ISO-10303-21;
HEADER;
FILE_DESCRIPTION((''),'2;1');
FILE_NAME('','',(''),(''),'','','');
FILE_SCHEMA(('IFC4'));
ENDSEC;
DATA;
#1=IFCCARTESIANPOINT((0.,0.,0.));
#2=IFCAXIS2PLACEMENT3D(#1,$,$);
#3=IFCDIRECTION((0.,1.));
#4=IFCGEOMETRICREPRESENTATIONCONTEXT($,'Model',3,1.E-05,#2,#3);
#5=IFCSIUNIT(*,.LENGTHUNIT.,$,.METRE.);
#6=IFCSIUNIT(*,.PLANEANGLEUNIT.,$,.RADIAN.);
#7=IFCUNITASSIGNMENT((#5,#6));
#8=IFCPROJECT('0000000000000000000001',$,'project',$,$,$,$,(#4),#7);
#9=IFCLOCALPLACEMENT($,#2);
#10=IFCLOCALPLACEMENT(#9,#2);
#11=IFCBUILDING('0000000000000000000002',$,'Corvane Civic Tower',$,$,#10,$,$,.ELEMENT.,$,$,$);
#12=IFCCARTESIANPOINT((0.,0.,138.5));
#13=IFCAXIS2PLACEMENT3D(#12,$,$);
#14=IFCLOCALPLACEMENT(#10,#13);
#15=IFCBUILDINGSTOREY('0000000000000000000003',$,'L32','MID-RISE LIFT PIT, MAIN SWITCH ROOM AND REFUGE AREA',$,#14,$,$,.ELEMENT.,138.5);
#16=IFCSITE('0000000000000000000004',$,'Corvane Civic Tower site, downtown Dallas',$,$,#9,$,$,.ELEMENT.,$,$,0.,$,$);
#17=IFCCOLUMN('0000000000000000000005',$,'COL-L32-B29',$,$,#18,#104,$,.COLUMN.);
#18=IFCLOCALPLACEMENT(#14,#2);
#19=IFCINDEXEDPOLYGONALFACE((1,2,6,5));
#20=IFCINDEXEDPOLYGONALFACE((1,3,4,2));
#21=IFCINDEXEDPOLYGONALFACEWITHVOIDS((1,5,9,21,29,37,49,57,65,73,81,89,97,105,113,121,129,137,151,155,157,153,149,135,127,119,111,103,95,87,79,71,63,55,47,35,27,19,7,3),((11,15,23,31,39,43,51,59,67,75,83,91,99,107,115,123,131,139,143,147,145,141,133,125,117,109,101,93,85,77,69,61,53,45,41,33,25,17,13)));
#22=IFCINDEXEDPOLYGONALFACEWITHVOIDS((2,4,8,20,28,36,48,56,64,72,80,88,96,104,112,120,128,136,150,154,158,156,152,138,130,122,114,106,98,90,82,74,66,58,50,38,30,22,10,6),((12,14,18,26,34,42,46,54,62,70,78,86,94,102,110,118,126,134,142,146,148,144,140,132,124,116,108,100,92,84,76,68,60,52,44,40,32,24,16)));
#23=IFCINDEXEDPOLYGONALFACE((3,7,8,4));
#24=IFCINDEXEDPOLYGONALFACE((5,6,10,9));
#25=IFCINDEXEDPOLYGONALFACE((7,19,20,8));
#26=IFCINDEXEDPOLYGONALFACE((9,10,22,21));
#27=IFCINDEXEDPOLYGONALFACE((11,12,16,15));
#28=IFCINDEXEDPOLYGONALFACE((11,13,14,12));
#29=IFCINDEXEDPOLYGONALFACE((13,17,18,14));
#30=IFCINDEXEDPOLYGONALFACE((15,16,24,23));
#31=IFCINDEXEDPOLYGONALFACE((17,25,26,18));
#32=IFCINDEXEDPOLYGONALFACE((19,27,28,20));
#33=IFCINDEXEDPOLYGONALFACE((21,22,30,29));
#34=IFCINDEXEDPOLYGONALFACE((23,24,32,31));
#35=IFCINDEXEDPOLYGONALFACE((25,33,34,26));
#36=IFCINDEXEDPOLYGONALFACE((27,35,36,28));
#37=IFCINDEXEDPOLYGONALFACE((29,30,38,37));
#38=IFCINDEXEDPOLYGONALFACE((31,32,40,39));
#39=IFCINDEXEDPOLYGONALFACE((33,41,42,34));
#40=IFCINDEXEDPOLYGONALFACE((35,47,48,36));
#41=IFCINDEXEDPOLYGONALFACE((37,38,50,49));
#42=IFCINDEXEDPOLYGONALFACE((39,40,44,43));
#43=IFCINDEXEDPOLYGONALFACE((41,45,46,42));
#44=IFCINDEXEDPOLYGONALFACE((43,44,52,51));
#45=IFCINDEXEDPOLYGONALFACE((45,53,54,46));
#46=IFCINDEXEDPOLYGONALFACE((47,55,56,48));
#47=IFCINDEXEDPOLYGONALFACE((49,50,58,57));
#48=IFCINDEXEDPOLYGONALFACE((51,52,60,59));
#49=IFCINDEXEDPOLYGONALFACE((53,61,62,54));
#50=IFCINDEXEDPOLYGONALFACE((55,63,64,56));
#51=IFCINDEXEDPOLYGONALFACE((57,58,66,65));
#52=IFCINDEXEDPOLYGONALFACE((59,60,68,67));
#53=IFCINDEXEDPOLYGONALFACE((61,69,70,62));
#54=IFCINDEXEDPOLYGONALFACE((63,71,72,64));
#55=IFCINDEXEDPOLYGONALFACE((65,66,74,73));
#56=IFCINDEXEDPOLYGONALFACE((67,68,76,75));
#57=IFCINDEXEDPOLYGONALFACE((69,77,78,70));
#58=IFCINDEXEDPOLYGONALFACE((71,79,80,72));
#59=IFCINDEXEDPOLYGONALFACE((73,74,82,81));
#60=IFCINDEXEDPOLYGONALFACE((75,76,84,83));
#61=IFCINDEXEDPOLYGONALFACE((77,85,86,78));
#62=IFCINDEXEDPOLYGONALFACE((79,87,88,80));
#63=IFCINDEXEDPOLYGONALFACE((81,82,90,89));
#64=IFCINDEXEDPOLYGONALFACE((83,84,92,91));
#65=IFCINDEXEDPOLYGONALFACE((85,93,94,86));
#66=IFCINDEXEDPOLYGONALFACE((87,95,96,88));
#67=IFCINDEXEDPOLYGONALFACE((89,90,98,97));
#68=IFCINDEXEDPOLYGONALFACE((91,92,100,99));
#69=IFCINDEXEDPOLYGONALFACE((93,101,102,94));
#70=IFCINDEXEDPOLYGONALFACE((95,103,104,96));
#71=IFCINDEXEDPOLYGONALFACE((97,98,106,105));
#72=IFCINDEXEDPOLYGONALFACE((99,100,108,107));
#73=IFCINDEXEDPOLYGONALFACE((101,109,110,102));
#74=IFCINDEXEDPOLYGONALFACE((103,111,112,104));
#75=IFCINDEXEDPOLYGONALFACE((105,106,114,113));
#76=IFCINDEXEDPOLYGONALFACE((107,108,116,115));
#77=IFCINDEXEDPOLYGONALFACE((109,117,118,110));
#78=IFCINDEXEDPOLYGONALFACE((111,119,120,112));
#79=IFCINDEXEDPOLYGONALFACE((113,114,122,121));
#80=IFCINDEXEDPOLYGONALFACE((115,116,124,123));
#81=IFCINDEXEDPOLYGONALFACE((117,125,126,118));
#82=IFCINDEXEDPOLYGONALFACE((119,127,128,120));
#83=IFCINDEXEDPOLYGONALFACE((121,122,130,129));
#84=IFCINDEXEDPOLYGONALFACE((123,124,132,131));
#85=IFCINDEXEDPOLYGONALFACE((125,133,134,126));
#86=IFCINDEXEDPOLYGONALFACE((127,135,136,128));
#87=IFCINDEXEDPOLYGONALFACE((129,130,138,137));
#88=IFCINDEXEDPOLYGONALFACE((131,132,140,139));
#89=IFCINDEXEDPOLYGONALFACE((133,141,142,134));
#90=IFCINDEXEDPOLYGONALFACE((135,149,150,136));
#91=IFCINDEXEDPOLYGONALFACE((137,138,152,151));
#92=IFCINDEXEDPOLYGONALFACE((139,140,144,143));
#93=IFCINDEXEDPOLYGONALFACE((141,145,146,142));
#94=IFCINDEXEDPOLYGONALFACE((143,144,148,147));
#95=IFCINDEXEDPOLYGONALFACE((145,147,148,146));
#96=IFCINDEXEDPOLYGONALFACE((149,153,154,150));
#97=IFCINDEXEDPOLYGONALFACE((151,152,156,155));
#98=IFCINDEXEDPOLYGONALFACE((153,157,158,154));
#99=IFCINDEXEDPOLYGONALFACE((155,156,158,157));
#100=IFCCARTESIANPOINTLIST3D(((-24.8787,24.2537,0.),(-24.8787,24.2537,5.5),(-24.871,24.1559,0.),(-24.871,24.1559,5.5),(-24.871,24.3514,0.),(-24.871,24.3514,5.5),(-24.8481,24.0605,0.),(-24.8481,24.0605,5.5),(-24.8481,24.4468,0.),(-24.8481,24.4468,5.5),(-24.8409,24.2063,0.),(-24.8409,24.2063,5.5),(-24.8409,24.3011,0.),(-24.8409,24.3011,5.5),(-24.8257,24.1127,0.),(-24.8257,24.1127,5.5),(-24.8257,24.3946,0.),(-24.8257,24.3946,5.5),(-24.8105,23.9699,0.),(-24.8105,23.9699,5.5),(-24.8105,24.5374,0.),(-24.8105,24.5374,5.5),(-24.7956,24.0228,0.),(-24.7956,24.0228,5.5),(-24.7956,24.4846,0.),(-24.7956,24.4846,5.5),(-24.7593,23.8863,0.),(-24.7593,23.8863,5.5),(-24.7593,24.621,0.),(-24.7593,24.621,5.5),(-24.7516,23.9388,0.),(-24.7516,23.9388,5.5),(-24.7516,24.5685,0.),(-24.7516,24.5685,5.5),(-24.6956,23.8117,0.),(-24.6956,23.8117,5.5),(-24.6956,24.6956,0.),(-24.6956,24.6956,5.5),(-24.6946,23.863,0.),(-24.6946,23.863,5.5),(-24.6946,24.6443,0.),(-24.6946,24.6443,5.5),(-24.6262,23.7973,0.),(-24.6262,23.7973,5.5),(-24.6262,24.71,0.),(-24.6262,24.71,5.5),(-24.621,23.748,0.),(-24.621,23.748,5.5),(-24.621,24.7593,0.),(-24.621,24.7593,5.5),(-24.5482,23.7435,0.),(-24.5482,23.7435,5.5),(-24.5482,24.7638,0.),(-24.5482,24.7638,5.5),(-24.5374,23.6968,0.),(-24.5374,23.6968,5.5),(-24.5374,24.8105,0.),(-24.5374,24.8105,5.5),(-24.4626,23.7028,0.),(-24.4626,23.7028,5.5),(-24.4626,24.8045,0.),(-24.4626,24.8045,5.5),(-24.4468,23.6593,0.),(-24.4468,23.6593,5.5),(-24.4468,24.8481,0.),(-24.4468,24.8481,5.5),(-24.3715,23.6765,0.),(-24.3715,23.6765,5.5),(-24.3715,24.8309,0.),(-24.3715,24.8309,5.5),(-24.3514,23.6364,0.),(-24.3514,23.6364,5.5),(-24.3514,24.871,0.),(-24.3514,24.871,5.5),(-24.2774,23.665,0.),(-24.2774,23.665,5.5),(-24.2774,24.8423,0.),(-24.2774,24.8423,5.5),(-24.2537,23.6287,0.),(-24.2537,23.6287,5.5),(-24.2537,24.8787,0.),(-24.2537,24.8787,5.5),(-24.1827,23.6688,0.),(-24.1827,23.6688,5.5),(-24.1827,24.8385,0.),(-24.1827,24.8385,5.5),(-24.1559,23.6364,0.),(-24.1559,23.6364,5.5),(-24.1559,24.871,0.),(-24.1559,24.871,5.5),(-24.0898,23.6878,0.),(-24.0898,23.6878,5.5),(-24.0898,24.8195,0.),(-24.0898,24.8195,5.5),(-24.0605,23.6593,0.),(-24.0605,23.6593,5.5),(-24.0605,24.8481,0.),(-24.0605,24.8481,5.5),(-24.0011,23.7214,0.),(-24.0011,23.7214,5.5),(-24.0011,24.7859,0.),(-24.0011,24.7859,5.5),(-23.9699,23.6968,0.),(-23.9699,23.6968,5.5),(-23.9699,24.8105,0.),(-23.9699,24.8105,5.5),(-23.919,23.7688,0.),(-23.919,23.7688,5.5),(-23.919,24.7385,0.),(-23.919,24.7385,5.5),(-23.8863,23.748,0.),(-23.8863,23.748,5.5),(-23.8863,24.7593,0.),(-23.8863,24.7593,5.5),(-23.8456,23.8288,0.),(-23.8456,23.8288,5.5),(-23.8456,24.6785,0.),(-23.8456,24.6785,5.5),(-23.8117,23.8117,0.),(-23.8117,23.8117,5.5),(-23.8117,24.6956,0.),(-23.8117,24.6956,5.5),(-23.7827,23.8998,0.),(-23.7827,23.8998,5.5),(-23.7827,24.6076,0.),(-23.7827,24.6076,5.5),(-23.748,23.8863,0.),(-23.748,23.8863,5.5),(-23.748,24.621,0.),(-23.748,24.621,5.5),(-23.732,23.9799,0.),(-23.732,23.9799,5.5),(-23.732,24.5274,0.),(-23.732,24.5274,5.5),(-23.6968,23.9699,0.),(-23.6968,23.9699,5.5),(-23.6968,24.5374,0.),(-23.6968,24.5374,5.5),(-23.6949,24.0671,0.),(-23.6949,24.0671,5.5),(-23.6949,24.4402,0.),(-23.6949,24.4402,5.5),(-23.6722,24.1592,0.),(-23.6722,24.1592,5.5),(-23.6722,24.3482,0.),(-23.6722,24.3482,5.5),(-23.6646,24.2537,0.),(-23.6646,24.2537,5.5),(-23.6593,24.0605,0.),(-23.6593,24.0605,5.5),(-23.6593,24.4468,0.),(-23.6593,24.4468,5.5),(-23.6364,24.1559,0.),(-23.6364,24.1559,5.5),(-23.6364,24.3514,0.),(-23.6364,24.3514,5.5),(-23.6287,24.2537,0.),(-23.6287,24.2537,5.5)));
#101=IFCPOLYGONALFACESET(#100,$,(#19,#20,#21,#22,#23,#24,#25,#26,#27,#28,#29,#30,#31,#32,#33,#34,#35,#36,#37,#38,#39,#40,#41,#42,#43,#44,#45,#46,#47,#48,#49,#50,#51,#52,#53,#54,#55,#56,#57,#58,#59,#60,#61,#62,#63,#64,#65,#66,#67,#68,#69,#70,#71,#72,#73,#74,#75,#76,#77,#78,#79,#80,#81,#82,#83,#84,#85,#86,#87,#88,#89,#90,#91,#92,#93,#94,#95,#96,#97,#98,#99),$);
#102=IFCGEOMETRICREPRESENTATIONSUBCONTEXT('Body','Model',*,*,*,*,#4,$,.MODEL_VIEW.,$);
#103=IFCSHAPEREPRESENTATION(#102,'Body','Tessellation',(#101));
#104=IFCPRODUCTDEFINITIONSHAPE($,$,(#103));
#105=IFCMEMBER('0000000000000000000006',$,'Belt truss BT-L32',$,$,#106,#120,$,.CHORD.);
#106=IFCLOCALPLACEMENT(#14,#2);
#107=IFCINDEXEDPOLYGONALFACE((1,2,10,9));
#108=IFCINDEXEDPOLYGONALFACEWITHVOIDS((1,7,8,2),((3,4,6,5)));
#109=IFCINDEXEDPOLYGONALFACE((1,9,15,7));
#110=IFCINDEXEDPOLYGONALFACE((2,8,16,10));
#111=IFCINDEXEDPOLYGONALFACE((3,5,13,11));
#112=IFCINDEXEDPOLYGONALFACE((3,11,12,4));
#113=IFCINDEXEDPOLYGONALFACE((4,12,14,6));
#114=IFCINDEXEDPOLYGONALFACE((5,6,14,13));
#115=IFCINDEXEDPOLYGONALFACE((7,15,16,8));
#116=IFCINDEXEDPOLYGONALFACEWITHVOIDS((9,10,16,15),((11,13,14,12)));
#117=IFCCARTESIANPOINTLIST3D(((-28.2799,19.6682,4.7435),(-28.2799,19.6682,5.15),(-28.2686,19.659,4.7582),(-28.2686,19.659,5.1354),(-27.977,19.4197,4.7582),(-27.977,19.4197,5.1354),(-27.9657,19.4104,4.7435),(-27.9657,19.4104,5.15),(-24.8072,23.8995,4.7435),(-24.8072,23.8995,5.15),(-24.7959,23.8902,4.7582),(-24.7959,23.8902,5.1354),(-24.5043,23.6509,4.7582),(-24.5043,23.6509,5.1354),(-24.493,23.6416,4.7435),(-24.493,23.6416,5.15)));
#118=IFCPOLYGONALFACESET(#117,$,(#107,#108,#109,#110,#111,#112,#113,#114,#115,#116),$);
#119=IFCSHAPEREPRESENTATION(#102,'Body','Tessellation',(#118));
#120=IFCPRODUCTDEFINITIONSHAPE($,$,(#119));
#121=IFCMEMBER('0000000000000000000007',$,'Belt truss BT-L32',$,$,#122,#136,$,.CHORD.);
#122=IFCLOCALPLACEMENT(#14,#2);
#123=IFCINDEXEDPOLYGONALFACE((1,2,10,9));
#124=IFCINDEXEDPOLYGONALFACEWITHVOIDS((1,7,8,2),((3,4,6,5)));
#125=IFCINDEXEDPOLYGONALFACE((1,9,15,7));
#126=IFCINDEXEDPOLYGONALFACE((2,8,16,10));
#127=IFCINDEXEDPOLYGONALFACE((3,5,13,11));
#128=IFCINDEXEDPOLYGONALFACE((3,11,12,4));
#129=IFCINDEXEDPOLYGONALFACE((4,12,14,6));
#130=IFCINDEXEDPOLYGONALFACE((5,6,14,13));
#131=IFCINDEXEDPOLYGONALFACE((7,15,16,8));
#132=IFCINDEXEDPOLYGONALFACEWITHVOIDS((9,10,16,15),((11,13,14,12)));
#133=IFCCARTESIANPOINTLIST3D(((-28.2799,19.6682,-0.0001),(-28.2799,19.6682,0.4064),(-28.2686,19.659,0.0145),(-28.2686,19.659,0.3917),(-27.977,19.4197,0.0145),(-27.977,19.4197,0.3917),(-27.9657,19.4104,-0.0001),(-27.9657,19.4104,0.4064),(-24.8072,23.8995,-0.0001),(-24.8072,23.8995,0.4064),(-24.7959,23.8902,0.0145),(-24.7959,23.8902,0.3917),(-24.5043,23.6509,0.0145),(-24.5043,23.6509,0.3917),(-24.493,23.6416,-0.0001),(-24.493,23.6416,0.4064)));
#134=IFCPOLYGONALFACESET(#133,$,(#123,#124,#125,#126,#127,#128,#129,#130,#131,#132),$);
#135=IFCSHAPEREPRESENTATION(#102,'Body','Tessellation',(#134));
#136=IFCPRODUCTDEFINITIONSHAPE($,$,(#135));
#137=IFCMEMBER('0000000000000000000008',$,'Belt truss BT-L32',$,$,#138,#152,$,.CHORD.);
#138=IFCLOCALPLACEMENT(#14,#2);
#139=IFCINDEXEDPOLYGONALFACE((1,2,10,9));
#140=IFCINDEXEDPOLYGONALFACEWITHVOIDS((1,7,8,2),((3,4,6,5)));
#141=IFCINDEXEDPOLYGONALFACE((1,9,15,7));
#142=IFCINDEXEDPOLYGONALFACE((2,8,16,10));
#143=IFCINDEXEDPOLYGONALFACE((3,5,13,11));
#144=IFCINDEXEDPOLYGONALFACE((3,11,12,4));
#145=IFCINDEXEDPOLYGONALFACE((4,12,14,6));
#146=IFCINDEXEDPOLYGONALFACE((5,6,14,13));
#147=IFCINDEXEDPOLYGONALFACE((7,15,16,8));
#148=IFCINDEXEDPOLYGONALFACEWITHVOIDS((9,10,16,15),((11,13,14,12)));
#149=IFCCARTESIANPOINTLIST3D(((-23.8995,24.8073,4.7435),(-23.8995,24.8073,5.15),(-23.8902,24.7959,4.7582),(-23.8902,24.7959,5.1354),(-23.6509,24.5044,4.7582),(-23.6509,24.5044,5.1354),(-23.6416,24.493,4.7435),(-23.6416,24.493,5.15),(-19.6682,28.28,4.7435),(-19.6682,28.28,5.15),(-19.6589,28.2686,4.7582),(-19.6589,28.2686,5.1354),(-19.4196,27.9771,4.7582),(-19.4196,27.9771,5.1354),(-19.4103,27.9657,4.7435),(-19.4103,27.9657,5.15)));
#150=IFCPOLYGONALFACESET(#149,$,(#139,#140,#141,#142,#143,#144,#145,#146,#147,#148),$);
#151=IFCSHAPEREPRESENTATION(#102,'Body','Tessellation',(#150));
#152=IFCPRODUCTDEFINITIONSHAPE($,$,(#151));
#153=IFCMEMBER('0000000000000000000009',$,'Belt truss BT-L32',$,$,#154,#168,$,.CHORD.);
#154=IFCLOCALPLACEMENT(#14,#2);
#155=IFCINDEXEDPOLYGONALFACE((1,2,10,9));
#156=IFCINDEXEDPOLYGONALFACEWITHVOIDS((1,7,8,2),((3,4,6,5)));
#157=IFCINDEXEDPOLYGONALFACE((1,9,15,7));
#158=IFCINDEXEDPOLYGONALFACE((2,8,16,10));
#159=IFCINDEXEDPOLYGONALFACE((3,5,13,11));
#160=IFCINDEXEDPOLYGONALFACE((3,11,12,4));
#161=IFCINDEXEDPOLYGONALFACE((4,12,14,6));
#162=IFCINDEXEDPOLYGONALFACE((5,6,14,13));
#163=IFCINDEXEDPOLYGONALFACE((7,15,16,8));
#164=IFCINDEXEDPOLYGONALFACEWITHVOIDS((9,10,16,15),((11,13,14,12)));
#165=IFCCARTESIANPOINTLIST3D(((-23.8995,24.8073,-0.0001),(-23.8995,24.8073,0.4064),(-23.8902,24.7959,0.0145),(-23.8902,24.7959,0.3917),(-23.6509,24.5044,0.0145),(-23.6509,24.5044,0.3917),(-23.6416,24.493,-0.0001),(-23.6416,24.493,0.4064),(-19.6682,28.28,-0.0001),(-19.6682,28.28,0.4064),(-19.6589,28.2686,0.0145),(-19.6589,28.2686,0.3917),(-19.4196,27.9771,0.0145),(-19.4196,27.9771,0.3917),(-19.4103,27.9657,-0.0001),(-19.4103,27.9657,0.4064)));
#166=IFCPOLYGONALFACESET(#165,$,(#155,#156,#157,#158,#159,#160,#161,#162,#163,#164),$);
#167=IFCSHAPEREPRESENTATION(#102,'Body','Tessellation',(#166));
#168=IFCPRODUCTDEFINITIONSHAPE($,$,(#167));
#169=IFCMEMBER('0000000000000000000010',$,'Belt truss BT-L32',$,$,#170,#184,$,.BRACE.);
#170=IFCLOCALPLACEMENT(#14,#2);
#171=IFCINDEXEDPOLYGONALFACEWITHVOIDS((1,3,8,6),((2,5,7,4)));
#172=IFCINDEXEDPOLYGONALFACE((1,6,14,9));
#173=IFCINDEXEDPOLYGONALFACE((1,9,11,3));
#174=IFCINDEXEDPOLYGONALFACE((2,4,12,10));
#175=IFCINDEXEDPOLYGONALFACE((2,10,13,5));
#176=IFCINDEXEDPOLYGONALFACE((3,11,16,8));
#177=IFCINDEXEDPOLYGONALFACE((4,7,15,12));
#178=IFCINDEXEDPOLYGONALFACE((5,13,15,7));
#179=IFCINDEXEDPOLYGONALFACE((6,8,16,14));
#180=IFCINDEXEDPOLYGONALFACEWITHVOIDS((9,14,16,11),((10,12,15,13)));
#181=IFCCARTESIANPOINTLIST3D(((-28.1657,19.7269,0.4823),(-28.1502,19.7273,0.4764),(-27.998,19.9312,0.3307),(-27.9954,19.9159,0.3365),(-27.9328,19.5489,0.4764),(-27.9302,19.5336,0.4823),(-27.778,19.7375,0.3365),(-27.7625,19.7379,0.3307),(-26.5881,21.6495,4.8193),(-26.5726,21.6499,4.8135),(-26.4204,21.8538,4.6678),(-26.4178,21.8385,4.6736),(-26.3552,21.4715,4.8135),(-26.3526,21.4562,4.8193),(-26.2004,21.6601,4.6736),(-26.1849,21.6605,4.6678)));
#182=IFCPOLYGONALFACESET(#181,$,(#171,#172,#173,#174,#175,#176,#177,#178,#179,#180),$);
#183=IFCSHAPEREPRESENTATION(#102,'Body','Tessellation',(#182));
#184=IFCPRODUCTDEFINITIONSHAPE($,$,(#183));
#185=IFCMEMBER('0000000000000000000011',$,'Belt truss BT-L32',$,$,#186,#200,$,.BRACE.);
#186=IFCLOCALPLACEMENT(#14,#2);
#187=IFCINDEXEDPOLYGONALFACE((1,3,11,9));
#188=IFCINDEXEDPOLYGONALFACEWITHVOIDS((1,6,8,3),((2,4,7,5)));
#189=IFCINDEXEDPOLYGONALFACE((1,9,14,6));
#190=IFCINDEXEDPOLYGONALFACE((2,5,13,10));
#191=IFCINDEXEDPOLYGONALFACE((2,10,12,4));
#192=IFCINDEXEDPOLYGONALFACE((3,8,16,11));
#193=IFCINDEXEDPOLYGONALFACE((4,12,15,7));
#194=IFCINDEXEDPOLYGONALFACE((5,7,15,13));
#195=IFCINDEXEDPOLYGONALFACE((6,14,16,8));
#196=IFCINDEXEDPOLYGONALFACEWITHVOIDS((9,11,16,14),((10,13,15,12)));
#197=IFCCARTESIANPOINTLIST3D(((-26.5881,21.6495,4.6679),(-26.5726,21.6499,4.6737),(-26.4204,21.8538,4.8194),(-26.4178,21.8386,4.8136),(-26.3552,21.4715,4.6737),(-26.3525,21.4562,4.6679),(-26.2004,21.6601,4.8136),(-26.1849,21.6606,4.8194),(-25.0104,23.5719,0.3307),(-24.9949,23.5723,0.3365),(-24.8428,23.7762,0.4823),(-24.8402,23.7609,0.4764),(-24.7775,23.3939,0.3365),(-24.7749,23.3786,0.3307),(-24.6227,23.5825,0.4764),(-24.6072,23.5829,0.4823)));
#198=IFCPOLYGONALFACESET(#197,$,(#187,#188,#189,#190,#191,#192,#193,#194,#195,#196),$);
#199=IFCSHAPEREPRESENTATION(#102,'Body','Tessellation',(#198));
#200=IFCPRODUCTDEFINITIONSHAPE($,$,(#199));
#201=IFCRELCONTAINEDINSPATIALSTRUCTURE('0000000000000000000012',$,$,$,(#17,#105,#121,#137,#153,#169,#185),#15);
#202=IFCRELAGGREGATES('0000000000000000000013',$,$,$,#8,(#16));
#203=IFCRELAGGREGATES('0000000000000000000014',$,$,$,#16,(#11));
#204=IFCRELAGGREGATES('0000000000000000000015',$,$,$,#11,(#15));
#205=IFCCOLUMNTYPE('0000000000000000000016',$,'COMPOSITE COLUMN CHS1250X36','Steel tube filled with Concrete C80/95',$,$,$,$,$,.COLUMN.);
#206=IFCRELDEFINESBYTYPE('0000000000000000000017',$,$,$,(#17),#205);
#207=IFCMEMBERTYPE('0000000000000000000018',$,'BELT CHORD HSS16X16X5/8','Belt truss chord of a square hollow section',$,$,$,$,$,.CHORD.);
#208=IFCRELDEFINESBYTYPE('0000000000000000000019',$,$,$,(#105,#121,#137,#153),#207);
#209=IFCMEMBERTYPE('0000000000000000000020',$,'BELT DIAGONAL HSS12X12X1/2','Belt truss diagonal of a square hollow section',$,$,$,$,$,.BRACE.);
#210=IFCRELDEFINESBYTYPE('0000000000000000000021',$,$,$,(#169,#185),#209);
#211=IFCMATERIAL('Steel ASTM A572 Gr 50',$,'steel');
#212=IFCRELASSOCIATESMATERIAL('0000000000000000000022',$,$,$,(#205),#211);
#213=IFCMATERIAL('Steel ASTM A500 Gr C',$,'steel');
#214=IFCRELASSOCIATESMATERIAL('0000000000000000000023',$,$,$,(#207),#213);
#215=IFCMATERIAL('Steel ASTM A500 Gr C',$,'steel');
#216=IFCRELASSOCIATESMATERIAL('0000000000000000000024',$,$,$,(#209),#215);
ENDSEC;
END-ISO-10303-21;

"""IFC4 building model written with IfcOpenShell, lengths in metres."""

from ifc_helpers import new_model, si_unit, direction, frame, origin, origin_2d, place, context, subcontext, project, spatial, hollow_rectangle, hollow_circle, extrude, material, material_profile, profile_set, type_object, element, save


model = new_model("IFC4")

# Units and contexts
model_context = context("Model", 3, precision=1e-05, world=origin(), true_north=direction((0.0, 1.0)))
body_context = subcontext(model_context, "Body", "Model", "MODEL_VIEW")
ifc_project = project(units=[si_unit("LENGTHUNIT", "METRE"), si_unit("PLANEANGLEUNIT", "RADIAN")], contexts=[model_context])

# Site, building, storey
site_placement = place(None, origin())
site = spatial("IfcSite", under=ifc_project, at=site_placement, Name="Corvane Civic Tower site, downtown Dallas", CompositionType="ELEMENT", RefElevation=0.0)
building_placement = place(site_placement, origin())
building = spatial("IfcBuilding", under=site, at=building_placement, Name="Corvane Civic Tower", CompositionType="ELEMENT")
storey_placement = place(building_placement, frame((0.0, 0.0, 138.5)))
storey = spatial("IfcBuildingStorey", under=building, at=storey_placement, Name="L32", Description="MID-RISE LIFT PIT, MAIN SWITCH ROOM AND REFUGE AREA", CompositionType="ELEMENT", Elevation=138.5)

# Column
ifc_material_1 = material(Name="Steel ASTM A572 Gr 50", Category="steel")
ifc_material_profile_1 = material_profile(ifc_material_1, hollow_circle(Radius=0.625, WallThickness=0.0359, at=origin_2d()), Name="CHS1250X36")
ifc_profile_set_1 = profile_set([ifc_material_profile_1], Name="Steel ASTM A572 Gr 50")
column_type_1 = type_object("IfcColumnType", Name="COMPOSITE COLUMN CHS1250X36", Description="Steel tube filled with Concrete C80/95", PredefinedType="COLUMN", material=ifc_profile_set_1)
for number, where, z_axis, x_axis, name in (
    (1, (-24.2537, 24.2537, 0.0), (0.0, 0.0, 1.0), (1.0, 0.0, 0.0), "COL-L32-B29"),
):
    element("IfcColumn", number, at=place(storey_placement, frame(where, z_axis=z_axis, x_axis=x_axis)), inside=storey, type_object=column_type_1, Name=name, PredefinedType="COLUMN", context=body_context, shape_type="SweptSolid", body=[
        extrude(hollow_circle(Radius=0.625, WallThickness=0.0359, at=origin_2d()), origin(), (0.0, 0.0, 1.0), 5.5),
    ])

# Members
ifc_material_2 = material(Name="Steel ASTM A500 Gr C", Category="steel")
ifc_material_profile_2 = material_profile(ifc_material_2, hollow_rectangle(XDim=0.4065, YDim=0.4065, WallThickness=0.0146, at=origin_2d()), Name="HSS16X16X5/8")
ifc_profile_set_2 = profile_set([ifc_material_profile_2], Name="Steel ASTM A500 Gr C")
member_type_1 = type_object("IfcMemberType", Name="BELT CHORD HSS16X16X5/8", Description="Belt truss chord of a square hollow section", PredefinedType="CHORD", material=ifc_profile_set_2)
for number, where, z_axis, x_axis, name in (
    (2, (-28.1228, 19.5393, 4.9468), (0.634415, 0.772993, 0.0), (-0.772993, 0.634415, 0.0), "Belt truss BT-L32"),
    (3, (-28.1228, 19.5393, 0.2031), (0.634415, 0.772993, 0.0), (-0.772993, 0.634415, 0.0), "Belt truss BT-L32"),
    (4, (-23.7705, 24.6501, 4.9468), (0.772993, 0.634415, 0.0), (-0.634415, 0.772993, 0.0), "Belt truss BT-L32"),
    (5, (-23.7705, 24.6501, 0.2031), (0.772993, 0.634415, 0.0), (-0.634415, 0.772993, 0.0), "Belt truss BT-L32"),
):
    element("IfcMember", number, at=place(storey_placement, frame(where, z_axis=z_axis, x_axis=x_axis)), inside=storey, type_object=member_type_1, Name=name, PredefinedType="CHORD", context=body_context, shape_type="SweptSolid", body=[
        extrude(hollow_rectangle(XDim=0.4065, YDim=0.4065, WallThickness=0.0146, at=origin_2d()), origin(), (0.0, 0.0, 1.0), 5.4739),
    ])
ifc_material_3 = material(Name="Steel ASTM A500 Gr C", Category="steel")
ifc_material_profile_3 = material_profile(ifc_material_3, hollow_rectangle(XDim=0.3047, YDim=0.3047, WallThickness=0.0117, at=origin_2d()), Name="HSS12X12X1/2")
ifc_profile_set_3 = profile_set([ifc_material_profile_3], Name="Steel ASTM A500 Gr C")
member_type_2 = type_object("IfcMemberType", Name="BELT DIAGONAL HSS12X12X1/2", Description="Belt truss diagonal of a square hollow section", PredefinedType="BRACE", material=ifc_profile_set_3)
for number, where, z_axis, x_axis, name in (
    (6, (-27.9641, 19.7324, 0.4065), (0.315551, 0.38455, 0.867496), (-0.773051, 0.634344, 0.0), "Belt truss BT-L32"),
    (7, (-24.8088, 23.5774, 0.4065), (-0.315557, -0.384508, 0.867512), (0.773012, -0.634392, 0.0), "Belt truss BT-L32"),
):
    element("IfcMember", number, at=place(storey_placement, frame(where, z_axis=z_axis, x_axis=x_axis)), inside=storey, type_object=member_type_2, Name=name, PredefinedType="BRACE", context=body_context, shape_type="SweptSolid", body=[
        extrude(hollow_rectangle(XDim=0.3047, YDim=0.3047, WallThickness=0.0117, at=origin_2d()), origin(), (0.0, 0.0, 1.0), 4.9995),
    ])

save(model, "model.ifc")
